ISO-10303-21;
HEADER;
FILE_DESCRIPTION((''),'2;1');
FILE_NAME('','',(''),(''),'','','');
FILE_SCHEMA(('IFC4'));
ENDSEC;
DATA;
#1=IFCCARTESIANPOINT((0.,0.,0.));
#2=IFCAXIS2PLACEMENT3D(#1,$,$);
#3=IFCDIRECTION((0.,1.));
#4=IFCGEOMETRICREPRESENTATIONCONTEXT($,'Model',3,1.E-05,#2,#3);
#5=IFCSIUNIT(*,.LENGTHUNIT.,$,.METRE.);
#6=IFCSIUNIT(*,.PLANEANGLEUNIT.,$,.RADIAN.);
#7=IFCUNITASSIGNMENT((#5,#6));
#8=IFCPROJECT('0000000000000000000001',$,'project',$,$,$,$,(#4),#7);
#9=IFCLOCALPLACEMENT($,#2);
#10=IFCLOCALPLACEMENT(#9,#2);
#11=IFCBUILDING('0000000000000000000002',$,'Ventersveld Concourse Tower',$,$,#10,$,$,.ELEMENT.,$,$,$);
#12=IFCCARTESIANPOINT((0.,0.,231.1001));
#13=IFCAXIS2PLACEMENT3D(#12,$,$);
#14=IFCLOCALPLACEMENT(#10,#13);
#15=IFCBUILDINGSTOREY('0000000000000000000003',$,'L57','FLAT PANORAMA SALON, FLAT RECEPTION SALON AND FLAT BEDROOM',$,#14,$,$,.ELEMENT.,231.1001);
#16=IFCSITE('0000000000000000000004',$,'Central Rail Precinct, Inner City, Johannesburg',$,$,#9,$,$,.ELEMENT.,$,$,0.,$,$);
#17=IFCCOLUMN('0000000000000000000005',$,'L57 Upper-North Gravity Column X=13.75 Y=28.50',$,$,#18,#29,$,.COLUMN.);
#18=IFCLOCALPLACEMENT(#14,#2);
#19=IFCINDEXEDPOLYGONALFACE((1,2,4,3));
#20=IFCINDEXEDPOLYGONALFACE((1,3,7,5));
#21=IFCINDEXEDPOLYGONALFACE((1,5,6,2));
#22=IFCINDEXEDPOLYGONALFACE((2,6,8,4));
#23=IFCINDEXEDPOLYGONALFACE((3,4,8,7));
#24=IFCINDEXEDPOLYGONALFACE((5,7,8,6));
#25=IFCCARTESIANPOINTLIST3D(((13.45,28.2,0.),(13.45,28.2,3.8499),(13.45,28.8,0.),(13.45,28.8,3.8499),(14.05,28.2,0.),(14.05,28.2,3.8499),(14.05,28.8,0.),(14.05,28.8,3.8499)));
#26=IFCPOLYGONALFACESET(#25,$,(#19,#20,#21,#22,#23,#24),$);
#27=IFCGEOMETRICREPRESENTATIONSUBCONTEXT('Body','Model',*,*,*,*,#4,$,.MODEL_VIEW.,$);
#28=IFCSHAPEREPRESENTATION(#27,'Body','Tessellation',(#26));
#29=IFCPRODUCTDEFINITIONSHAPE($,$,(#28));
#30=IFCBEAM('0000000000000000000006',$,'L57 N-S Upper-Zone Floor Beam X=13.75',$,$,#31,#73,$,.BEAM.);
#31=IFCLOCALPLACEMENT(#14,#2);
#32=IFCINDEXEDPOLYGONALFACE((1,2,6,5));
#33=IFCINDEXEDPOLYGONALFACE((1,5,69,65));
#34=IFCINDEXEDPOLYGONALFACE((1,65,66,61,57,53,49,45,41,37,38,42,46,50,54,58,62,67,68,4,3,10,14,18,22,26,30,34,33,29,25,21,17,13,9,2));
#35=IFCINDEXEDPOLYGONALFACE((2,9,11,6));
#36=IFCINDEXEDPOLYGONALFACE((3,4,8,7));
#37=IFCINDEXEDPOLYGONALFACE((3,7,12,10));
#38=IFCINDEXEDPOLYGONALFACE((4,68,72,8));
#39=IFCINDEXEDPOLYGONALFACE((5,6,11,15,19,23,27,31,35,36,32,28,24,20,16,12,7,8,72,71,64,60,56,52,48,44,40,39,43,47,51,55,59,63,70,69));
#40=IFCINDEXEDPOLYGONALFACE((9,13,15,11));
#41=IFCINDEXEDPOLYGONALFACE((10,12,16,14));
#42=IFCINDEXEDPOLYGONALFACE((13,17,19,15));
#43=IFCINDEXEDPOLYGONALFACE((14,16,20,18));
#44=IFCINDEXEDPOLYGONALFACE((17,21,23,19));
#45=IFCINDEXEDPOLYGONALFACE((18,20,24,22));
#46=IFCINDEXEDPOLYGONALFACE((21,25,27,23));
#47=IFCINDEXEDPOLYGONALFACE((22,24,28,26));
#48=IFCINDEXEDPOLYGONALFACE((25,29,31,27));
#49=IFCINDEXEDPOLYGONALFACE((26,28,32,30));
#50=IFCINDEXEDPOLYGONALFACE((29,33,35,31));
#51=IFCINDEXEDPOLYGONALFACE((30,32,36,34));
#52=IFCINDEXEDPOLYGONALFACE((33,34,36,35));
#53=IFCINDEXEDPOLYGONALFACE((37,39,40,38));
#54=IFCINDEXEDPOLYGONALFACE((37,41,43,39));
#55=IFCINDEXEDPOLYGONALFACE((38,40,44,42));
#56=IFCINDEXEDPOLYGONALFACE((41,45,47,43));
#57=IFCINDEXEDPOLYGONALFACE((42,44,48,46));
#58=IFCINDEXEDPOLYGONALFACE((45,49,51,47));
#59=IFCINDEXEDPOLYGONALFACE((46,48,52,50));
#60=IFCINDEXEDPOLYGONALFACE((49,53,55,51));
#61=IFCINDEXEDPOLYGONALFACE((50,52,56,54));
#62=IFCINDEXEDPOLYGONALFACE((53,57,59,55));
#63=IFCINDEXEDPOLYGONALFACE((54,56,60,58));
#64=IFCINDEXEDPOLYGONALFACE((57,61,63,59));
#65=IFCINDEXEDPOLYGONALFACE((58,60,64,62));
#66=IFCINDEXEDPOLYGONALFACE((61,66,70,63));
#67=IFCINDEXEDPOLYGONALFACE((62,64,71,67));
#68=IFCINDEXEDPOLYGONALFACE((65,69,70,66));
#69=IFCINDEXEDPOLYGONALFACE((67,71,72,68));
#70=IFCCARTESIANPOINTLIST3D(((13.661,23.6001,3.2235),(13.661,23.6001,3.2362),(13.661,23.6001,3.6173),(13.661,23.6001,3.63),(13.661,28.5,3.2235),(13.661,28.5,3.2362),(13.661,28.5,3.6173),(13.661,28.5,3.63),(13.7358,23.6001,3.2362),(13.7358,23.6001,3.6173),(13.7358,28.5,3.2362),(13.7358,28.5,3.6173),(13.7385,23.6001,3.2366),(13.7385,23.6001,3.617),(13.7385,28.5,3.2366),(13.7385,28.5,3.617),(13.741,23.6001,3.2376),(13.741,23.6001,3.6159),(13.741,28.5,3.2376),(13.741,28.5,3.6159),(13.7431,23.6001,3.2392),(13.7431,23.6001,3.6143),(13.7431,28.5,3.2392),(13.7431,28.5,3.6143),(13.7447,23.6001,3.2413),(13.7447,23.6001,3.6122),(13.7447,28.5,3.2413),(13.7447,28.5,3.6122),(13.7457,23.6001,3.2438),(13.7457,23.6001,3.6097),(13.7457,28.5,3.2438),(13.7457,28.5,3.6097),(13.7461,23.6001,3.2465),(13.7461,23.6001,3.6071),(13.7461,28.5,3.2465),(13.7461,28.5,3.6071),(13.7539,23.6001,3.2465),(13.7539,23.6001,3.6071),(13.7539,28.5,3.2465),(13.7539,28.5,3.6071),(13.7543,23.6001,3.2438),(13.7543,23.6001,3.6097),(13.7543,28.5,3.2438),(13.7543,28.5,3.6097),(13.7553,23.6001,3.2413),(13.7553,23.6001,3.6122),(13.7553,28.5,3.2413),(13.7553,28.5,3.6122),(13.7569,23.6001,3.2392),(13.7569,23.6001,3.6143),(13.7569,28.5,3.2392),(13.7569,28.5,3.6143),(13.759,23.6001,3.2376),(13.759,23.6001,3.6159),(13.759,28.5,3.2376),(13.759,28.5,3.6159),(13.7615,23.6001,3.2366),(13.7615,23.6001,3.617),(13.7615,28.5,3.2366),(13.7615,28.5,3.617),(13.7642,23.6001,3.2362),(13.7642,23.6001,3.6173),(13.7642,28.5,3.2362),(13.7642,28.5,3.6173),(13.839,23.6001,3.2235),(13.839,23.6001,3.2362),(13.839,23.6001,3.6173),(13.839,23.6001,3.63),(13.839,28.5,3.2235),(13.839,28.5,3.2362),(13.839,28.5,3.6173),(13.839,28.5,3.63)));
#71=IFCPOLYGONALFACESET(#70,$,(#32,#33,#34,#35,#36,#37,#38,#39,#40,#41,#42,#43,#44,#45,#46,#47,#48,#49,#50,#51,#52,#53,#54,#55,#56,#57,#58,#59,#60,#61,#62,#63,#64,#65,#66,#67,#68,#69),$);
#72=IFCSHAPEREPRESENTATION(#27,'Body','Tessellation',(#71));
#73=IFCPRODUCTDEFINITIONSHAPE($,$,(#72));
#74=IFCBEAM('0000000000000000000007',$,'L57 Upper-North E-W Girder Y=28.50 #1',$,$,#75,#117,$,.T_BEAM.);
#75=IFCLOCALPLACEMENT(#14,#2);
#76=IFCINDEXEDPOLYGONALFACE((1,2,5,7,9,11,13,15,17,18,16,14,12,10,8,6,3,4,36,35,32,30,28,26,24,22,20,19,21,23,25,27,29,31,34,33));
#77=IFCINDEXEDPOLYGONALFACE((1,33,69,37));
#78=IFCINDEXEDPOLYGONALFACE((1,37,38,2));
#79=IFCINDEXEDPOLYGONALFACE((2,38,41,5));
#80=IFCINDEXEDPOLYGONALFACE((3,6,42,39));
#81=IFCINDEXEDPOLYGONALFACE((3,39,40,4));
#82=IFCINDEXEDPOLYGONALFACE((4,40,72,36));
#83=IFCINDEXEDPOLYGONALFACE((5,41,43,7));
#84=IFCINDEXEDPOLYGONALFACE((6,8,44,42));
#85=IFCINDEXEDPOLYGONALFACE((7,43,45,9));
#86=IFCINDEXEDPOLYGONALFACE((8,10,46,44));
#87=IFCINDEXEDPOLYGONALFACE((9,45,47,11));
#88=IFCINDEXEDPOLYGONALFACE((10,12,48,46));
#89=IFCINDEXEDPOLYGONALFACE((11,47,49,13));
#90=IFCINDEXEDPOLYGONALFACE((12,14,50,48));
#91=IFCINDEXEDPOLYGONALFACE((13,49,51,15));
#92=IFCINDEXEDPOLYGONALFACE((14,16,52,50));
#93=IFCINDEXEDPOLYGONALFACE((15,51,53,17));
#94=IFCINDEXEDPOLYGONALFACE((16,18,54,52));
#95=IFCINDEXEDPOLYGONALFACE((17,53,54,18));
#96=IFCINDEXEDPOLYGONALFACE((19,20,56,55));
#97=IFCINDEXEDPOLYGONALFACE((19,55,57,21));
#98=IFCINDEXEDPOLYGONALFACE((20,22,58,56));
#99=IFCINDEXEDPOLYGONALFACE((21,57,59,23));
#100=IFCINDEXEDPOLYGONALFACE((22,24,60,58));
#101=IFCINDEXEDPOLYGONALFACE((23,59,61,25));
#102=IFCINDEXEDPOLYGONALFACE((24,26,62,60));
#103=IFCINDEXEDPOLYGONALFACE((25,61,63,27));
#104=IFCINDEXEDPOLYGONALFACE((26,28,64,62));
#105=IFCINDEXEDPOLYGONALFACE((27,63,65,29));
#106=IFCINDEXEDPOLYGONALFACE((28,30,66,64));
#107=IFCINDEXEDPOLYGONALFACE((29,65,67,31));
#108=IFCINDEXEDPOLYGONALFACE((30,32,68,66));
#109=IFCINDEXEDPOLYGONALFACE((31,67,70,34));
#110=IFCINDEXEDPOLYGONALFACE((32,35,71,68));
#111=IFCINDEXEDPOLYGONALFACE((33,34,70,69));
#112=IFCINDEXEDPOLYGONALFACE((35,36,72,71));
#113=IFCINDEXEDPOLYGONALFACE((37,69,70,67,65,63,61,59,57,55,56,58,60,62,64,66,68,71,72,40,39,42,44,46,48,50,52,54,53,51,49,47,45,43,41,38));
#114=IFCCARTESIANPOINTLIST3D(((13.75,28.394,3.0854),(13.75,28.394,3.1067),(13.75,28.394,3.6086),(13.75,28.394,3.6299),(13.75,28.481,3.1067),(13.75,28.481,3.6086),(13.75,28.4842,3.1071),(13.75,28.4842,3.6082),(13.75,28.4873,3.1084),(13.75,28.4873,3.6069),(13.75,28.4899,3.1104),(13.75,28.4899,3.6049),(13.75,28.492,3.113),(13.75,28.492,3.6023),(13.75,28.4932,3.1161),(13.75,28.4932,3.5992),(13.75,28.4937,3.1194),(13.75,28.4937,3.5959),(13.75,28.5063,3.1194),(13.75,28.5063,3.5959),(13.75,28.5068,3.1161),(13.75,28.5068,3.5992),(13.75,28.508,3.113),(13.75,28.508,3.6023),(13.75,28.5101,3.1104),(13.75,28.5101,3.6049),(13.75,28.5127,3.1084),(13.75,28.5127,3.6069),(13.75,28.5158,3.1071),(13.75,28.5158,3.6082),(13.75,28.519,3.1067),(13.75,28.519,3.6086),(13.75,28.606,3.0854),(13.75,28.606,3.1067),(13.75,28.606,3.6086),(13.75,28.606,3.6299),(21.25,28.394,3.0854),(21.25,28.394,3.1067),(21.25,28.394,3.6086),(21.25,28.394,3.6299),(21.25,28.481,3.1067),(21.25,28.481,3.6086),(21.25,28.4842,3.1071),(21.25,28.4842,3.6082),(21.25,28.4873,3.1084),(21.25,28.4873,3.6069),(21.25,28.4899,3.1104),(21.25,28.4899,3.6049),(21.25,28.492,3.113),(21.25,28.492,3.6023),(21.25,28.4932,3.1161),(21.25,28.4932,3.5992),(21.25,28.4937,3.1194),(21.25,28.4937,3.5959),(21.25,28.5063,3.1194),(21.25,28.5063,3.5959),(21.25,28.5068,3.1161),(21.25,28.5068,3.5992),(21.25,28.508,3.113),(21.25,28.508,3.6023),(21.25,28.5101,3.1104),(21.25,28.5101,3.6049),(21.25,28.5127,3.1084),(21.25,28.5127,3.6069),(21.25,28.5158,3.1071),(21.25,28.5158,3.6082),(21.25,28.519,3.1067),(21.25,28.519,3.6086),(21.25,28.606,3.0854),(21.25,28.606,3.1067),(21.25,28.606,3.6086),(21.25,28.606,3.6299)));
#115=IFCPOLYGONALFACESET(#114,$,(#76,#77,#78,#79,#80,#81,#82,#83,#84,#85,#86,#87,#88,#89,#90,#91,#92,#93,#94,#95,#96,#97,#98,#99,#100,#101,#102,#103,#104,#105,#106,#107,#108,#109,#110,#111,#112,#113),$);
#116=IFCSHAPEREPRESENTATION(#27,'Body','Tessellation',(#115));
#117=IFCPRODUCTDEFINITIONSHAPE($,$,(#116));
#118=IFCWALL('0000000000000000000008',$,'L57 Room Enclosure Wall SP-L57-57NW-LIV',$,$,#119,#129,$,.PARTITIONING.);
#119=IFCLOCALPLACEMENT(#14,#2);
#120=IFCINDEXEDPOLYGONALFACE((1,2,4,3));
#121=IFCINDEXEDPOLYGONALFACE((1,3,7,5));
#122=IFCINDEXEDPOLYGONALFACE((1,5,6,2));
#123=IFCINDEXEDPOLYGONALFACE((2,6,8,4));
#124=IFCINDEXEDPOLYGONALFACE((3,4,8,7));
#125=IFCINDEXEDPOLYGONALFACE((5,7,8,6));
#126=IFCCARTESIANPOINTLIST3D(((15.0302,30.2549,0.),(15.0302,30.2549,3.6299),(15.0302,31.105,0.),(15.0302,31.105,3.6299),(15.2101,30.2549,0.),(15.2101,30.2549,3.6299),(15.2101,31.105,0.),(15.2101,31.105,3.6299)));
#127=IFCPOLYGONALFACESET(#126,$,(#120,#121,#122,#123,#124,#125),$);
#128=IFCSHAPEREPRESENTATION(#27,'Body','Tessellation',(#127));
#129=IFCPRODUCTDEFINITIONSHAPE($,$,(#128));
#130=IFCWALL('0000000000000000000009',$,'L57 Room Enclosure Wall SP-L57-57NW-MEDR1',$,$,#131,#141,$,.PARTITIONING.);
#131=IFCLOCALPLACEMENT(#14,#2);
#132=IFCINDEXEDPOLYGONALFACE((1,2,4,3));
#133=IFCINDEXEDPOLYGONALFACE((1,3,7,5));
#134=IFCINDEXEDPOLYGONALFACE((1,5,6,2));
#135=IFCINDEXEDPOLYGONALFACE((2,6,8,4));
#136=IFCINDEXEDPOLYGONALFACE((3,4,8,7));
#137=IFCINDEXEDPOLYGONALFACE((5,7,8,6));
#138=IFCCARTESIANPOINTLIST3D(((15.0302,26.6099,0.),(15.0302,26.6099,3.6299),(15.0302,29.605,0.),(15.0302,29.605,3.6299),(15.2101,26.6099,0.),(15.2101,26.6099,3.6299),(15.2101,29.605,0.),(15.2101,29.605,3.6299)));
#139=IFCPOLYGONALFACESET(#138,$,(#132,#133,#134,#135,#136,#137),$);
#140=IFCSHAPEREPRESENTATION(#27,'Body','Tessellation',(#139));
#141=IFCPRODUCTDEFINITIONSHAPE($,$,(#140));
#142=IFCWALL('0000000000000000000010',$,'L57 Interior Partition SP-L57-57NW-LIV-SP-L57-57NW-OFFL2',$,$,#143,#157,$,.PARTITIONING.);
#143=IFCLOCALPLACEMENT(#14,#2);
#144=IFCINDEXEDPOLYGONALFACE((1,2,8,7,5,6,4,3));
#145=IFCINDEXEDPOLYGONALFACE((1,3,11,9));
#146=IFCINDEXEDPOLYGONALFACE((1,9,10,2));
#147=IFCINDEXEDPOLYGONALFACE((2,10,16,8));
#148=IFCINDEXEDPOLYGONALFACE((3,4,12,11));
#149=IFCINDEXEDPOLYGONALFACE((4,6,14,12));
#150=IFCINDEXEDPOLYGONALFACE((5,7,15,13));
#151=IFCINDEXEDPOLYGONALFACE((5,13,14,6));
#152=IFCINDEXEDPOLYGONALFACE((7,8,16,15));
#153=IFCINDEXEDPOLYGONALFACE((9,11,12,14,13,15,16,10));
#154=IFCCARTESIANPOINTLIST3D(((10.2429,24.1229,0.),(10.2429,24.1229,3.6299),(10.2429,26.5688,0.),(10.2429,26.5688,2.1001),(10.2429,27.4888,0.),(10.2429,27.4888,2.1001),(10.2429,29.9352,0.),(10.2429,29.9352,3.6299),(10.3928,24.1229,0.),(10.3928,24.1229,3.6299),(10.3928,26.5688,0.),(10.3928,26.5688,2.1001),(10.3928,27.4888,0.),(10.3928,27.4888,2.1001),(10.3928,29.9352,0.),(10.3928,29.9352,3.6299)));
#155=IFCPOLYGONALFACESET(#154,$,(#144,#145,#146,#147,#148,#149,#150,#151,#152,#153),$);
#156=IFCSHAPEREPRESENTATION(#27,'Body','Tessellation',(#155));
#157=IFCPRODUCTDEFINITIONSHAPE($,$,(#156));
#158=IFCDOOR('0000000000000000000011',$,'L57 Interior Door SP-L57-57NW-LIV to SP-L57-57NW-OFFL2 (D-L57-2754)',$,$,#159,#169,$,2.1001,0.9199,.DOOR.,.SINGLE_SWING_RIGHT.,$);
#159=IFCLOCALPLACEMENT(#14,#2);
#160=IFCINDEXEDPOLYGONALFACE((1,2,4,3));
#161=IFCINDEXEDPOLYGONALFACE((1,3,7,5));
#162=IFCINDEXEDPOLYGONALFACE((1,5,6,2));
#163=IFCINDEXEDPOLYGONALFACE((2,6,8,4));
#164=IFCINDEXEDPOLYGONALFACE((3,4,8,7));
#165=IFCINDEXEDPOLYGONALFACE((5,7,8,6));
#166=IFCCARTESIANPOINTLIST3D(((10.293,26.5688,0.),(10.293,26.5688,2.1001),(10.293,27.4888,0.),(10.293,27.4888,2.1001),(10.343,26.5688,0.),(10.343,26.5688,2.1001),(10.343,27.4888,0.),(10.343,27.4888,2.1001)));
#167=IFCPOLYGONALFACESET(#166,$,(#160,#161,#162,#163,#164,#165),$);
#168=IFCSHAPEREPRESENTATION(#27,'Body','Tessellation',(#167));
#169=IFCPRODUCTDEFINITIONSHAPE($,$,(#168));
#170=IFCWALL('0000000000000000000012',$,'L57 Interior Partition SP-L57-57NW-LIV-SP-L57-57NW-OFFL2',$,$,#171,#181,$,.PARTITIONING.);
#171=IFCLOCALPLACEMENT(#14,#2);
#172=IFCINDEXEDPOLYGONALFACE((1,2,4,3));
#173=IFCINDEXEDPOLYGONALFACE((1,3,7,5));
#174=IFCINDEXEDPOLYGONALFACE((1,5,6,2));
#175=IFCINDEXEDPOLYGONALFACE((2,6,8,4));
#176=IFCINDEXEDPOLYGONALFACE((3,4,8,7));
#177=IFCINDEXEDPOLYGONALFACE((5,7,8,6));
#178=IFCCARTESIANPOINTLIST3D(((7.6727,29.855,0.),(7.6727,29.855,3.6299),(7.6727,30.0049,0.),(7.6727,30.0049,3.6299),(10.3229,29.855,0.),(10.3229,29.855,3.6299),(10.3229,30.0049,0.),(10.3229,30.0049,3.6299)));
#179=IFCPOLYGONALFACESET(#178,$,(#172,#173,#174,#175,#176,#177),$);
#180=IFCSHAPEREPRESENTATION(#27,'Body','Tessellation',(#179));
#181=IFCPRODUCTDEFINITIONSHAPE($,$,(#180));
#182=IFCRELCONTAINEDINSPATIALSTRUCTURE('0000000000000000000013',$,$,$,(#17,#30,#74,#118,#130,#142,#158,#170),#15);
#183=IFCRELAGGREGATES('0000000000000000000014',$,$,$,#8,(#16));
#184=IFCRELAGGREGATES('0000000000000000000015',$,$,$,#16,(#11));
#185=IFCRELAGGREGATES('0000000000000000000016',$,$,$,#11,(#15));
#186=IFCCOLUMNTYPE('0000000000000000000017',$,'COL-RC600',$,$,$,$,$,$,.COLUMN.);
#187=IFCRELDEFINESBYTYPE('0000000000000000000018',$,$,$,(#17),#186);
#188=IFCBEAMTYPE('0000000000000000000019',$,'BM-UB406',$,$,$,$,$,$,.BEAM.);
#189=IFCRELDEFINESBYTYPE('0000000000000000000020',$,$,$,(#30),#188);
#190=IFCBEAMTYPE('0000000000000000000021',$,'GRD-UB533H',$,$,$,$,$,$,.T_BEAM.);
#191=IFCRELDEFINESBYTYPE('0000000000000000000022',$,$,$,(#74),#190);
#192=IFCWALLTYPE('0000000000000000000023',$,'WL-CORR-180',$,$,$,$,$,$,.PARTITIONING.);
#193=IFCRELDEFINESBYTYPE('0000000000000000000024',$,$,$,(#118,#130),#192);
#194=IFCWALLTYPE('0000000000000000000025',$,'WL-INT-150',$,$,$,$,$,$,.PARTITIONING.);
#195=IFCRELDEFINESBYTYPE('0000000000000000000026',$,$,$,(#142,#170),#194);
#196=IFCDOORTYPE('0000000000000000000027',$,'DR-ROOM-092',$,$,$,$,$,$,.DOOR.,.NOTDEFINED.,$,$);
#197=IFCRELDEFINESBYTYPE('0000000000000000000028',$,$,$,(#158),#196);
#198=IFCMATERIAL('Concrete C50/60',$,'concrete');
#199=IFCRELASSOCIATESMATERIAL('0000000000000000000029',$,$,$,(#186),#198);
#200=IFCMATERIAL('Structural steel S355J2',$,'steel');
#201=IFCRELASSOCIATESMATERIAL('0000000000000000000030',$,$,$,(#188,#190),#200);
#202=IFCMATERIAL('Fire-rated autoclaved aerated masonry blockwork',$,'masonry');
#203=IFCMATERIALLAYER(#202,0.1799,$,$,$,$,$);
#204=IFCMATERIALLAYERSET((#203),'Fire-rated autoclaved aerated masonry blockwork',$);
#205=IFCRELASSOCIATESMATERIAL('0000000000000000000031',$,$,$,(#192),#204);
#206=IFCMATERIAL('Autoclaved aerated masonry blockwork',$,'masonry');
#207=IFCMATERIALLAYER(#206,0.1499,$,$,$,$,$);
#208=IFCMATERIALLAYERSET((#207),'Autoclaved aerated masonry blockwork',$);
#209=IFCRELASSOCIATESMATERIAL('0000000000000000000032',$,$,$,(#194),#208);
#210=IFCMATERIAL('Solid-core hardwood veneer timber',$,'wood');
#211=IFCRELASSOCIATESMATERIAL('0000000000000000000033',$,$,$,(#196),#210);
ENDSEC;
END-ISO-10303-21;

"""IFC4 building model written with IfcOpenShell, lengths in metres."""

from ifc_helpers import new_model, si_unit, direction, frame, frame_2d, origin, origin_2d, place, context, subcontext, project, spatial, rectangle, i_section, extrude, material, layer, layer_set, material_profile, profile_set, type_object, element, fill, save


model = new_model("IFC4")

# Units and contexts
model_context = context("Model", 3, precision=1e-05, world=origin(), true_north=direction((0.0, 1.0)))
body_context = subcontext(model_context, "Body", "Model", "MODEL_VIEW")
ifc_project = project(units=[si_unit("LENGTHUNIT", "METRE"), si_unit("PLANEANGLEUNIT", "RADIAN")], contexts=[model_context])

# Site, building, storey
site_placement = place(None, origin())
site = spatial("IfcSite", under=ifc_project, at=site_placement, Name="Central Rail Precinct, Inner City, Johannesburg", CompositionType="ELEMENT", RefElevation=0.0)
building_placement = place(site_placement, origin())
building = spatial("IfcBuilding", under=site, at=building_placement, Name="Ventersveld Concourse Tower", CompositionType="ELEMENT")
storey_placement = place(building_placement, frame((0.0, 0.0, 231.1001)))
storey = spatial("IfcBuildingStorey", under=building, at=storey_placement, Name="L57", Description="FLAT PANORAMA SALON, FLAT RECEPTION SALON AND FLAT BEDROOM", CompositionType="ELEMENT", Elevation=231.1001)

# Column
ifc_material_1 = material(Name="Concrete C50/60", Category="concrete")
ifc_material_profile_1 = material_profile(ifc_material_1, rectangle(XDim=0.6001, YDim=0.6001, at=origin_2d()), Name="RC 600x600")
ifc_profile_set_1 = profile_set([ifc_material_profile_1], Name="Concrete C50/60")
column_type = type_object("IfcColumnType", Name="COL-RC600", PredefinedType="COLUMN", material=ifc_profile_set_1)
column_placement = place(storey_placement, frame((13.75, 28.5, 0.0), z_axis=(0.0, 0.0, 1.0), x_axis=(1.0, 0.0, 0.0)))
element("IfcColumn", 1, at=column_placement, inside=storey, type_object=column_type, Name="L57 Upper-North Gravity Column X=13.75 Y=28.50", PredefinedType="COLUMN", context=body_context, shape_type="SweptSolid", body=[
    extrude(rectangle(XDim=0.6001, YDim=0.6001, at=origin_2d()), origin(), (0.0, 0.0, 1.0), 3.8499),
])

# Beams
ifc_material_2 = material(Name="Structural steel S355J2", Category="steel")
ifc_material_profile_2 = material_profile(ifc_material_2, i_section(OverallWidth=0.178, OverallDepth=0.4065, WebThickness=0.0078, FlangeThickness=0.0127, FilletRadius=0.0103, at=origin_2d()), Name="UB 406x178x60")
ifc_profile_set_2 = profile_set([ifc_material_profile_2], Name="Structural steel S355J2")
beam_type_1 = type_object("IfcBeamType", Name="BM-UB406", PredefinedType="BEAM", material=ifc_profile_set_2)
beam_1_placement = place(storey_placement, frame((13.75, 23.6001, 3.4268), z_axis=(0.0, 1.0, 0.0), x_axis=(-1.0, 0.0, 0.0)))
element("IfcBeam", 2, at=beam_1_placement, inside=storey, type_object=beam_type_1, Name="L57 N-S Upper-Zone Floor Beam X=13.75", PredefinedType="BEAM", context=body_context, shape_type="SweptSolid", body=[
    extrude(i_section(OverallWidth=0.178, OverallDepth=0.4065, WebThickness=0.0078, FlangeThickness=0.0127, FilletRadius=0.0103, at=origin_2d()), origin(), (0.0, 0.0, 1.0), 4.8999),
])
ifc_material_profile_3 = material_profile(ifc_material_2, i_section(OverallWidth=0.2119, OverallDepth=0.5444, WebThickness=0.0127, FlangeThickness=0.0212, FilletRadius=0.0127, at=origin_2d()), Name="UB 533x210x122")
ifc_profile_set_3 = profile_set([ifc_material_profile_3], Name="Structural steel S355J2")
beam_type_2 = type_object("IfcBeamType", Name="GRD-UB533H", PredefinedType="T_BEAM", material=ifc_profile_set_3)
beam_2_placement = place(storey_placement, frame((13.75, 28.5, 3.3577), z_axis=(1.0, 0.0, 0.0), x_axis=(0.0, 1.0, 0.0)))
element("IfcBeam", 3, at=beam_2_placement, inside=storey, type_object=beam_type_2, Name="L57 Upper-North E-W Girder Y=28.50 #1", PredefinedType="T_BEAM", context=body_context, shape_type="SweptSolid", body=[
    extrude(i_section(OverallWidth=0.2119, OverallDepth=0.5444, WebThickness=0.0127, FlangeThickness=0.0212, FilletRadius=0.0127, at=origin_2d()), origin(), (0.0, 0.0, 1.0), 7.5),
])

# Walls
ifc_material_3 = material(Name="Fire-rated autoclaved aerated masonry blockwork", Category="masonry")
ifc_layer_1 = layer(ifc_material_3, 0.1799)
ifc_layer_set_1 = layer_set([ifc_layer_1], Name="Fire-rated autoclaved aerated masonry blockwork")
wall_type_1 = type_object("IfcWallType", Name="WL-CORR-180", PredefinedType="PARTITIONING", material=ifc_layer_set_1)
wall_1_placement = place(storey_placement, frame((15.1201, 31.105, 0.0), z_axis=(0.0, 0.0, 1.0), x_axis=(0.0, -1.0, 0.0)))
element("IfcWall", 4, at=wall_1_placement, inside=storey, type_object=wall_type_1, Name="L57 Room Enclosure Wall SP-L57-57NW-LIV", PredefinedType="PARTITIONING", context=body_context, shape_type="SweptSolid", body=[
    extrude(rectangle(XDim=0.8501, YDim=0.1799, at=frame_2d((0.425, 0.0))), origin(), (0.0, 0.0, 1.0), 3.6299),
])
wall_2_placement = place(storey_placement, frame((15.1201, 29.605, 0.0), z_axis=(0.0, 0.0, 1.0), x_axis=(0.0, -1.0, 0.0)))
element("IfcWall", 5, at=wall_2_placement, inside=storey, type_object=wall_type_1, Name="L57 Room Enclosure Wall SP-L57-57NW-MEDR1", PredefinedType="PARTITIONING", context=body_context, shape_type="SweptSolid", body=[
    extrude(rectangle(XDim=2.9951, YDim=0.1799, at=frame_2d((1.4976, 0.0))), origin(), (0.0, 0.0, 1.0), 3.6299),
])

# Wall, opening, door
ifc_material_4 = material(Name="Autoclaved aerated masonry blockwork", Category="masonry")
ifc_layer_2 = layer(ifc_material_4, 0.1499)
ifc_layer_set_2 = layer_set([ifc_layer_2], Name="Autoclaved aerated masonry blockwork")
wall_type_2 = type_object("IfcWallType", Name="WL-INT-150", PredefinedType="PARTITIONING", material=ifc_layer_set_2)
wall_3_placement = place(storey_placement, frame((10.3179, 24.1228, 0.0), z_axis=(0.0, 0.0, 1.0), x_axis=(0.0, 1.0, 0.0)))
wall_3 = element("IfcWall", 6, at=wall_3_placement, inside=storey, type_object=wall_type_2, Name="L57 Interior Partition SP-L57-57NW-LIV-SP-L57-57NW-OFFL2", PredefinedType="PARTITIONING", context=body_context, shape_type="SweptSolid", body=[
    extrude(rectangle(XDim=5.8123, YDim=0.1499, at=frame_2d((2.9062, 0.0))), origin(), (0.0, 0.0, 1.0), 3.6299),
])
opening_1_placement = place(wall_3_placement, frame((2.446, 0.0, 0.0)))
opening_1 = element("IfcOpeningElement", 7, at=opening_1_placement, cuts=wall_3, PredefinedType="OPENING", context=body_context, shape_type="SweptSolid", body=[
    extrude(rectangle(XDim=0.9199, YDim=2.1001, at=frame_2d((0.46, 1.05))), frame((0.0, 0.085, 0.0), z_axis=(0.0, -1.0, 0.0), x_axis=(1.0, 0.0, 0.0)), (0.0, 0.0, 1.0), 0.1699),
])
ifc_material_5 = material(Name="Solid-core hardwood veneer timber", Category="wood")
door_type = type_object("IfcDoorType", Name="DR-ROOM-092", OperationType="NOTDEFINED", PredefinedType="DOOR", material=ifc_material_5)
door_1_placement = place(opening_1_placement, origin())
door_1 = element("IfcDoor", 8, at=door_1_placement, inside=storey, type_object=door_type, Name="L57 Interior Door SP-L57-57NW-LIV to SP-L57-57NW-OFFL2 (D-L57-2754)", OperationType="SINGLE_SWING_RIGHT", OverallHeight=2.1001, OverallWidth=0.9199, PredefinedType="DOOR", context=body_context, shape_type="SweptSolid", body=[
    extrude(rectangle(XDim=0.9199, YDim=2.1001, at=frame_2d((0.46, 1.05))), frame((0.0, 0.0249, 0.0), z_axis=(0.0, -1.0, 0.0), x_axis=(1.0, 0.0, 0.0)), (0.0, 0.0, 1.0), 0.05),
])
fill(opening_1, door_1)

# Wall
wall_4_placement = place(storey_placement, frame((7.6726, 29.9299, 0.0), z_axis=(0.0, 0.0, 1.0), x_axis=(1.0, 0.0, 0.0)))
element("IfcWall", 9, at=wall_4_placement, inside=storey, type_object=wall_type_2, Name="L57 Interior Partition SP-L57-57NW-LIV-SP-L57-57NW-OFFL2", PredefinedType="PARTITIONING", context=body_context, shape_type="SweptSolid", body=[
    extrude(rectangle(XDim=2.6501, YDim=0.1499, at=frame_2d((1.3252, 0.0))), origin(), (0.0, 0.0, 1.0), 3.6299),
])

save(model, "model.ifc")
